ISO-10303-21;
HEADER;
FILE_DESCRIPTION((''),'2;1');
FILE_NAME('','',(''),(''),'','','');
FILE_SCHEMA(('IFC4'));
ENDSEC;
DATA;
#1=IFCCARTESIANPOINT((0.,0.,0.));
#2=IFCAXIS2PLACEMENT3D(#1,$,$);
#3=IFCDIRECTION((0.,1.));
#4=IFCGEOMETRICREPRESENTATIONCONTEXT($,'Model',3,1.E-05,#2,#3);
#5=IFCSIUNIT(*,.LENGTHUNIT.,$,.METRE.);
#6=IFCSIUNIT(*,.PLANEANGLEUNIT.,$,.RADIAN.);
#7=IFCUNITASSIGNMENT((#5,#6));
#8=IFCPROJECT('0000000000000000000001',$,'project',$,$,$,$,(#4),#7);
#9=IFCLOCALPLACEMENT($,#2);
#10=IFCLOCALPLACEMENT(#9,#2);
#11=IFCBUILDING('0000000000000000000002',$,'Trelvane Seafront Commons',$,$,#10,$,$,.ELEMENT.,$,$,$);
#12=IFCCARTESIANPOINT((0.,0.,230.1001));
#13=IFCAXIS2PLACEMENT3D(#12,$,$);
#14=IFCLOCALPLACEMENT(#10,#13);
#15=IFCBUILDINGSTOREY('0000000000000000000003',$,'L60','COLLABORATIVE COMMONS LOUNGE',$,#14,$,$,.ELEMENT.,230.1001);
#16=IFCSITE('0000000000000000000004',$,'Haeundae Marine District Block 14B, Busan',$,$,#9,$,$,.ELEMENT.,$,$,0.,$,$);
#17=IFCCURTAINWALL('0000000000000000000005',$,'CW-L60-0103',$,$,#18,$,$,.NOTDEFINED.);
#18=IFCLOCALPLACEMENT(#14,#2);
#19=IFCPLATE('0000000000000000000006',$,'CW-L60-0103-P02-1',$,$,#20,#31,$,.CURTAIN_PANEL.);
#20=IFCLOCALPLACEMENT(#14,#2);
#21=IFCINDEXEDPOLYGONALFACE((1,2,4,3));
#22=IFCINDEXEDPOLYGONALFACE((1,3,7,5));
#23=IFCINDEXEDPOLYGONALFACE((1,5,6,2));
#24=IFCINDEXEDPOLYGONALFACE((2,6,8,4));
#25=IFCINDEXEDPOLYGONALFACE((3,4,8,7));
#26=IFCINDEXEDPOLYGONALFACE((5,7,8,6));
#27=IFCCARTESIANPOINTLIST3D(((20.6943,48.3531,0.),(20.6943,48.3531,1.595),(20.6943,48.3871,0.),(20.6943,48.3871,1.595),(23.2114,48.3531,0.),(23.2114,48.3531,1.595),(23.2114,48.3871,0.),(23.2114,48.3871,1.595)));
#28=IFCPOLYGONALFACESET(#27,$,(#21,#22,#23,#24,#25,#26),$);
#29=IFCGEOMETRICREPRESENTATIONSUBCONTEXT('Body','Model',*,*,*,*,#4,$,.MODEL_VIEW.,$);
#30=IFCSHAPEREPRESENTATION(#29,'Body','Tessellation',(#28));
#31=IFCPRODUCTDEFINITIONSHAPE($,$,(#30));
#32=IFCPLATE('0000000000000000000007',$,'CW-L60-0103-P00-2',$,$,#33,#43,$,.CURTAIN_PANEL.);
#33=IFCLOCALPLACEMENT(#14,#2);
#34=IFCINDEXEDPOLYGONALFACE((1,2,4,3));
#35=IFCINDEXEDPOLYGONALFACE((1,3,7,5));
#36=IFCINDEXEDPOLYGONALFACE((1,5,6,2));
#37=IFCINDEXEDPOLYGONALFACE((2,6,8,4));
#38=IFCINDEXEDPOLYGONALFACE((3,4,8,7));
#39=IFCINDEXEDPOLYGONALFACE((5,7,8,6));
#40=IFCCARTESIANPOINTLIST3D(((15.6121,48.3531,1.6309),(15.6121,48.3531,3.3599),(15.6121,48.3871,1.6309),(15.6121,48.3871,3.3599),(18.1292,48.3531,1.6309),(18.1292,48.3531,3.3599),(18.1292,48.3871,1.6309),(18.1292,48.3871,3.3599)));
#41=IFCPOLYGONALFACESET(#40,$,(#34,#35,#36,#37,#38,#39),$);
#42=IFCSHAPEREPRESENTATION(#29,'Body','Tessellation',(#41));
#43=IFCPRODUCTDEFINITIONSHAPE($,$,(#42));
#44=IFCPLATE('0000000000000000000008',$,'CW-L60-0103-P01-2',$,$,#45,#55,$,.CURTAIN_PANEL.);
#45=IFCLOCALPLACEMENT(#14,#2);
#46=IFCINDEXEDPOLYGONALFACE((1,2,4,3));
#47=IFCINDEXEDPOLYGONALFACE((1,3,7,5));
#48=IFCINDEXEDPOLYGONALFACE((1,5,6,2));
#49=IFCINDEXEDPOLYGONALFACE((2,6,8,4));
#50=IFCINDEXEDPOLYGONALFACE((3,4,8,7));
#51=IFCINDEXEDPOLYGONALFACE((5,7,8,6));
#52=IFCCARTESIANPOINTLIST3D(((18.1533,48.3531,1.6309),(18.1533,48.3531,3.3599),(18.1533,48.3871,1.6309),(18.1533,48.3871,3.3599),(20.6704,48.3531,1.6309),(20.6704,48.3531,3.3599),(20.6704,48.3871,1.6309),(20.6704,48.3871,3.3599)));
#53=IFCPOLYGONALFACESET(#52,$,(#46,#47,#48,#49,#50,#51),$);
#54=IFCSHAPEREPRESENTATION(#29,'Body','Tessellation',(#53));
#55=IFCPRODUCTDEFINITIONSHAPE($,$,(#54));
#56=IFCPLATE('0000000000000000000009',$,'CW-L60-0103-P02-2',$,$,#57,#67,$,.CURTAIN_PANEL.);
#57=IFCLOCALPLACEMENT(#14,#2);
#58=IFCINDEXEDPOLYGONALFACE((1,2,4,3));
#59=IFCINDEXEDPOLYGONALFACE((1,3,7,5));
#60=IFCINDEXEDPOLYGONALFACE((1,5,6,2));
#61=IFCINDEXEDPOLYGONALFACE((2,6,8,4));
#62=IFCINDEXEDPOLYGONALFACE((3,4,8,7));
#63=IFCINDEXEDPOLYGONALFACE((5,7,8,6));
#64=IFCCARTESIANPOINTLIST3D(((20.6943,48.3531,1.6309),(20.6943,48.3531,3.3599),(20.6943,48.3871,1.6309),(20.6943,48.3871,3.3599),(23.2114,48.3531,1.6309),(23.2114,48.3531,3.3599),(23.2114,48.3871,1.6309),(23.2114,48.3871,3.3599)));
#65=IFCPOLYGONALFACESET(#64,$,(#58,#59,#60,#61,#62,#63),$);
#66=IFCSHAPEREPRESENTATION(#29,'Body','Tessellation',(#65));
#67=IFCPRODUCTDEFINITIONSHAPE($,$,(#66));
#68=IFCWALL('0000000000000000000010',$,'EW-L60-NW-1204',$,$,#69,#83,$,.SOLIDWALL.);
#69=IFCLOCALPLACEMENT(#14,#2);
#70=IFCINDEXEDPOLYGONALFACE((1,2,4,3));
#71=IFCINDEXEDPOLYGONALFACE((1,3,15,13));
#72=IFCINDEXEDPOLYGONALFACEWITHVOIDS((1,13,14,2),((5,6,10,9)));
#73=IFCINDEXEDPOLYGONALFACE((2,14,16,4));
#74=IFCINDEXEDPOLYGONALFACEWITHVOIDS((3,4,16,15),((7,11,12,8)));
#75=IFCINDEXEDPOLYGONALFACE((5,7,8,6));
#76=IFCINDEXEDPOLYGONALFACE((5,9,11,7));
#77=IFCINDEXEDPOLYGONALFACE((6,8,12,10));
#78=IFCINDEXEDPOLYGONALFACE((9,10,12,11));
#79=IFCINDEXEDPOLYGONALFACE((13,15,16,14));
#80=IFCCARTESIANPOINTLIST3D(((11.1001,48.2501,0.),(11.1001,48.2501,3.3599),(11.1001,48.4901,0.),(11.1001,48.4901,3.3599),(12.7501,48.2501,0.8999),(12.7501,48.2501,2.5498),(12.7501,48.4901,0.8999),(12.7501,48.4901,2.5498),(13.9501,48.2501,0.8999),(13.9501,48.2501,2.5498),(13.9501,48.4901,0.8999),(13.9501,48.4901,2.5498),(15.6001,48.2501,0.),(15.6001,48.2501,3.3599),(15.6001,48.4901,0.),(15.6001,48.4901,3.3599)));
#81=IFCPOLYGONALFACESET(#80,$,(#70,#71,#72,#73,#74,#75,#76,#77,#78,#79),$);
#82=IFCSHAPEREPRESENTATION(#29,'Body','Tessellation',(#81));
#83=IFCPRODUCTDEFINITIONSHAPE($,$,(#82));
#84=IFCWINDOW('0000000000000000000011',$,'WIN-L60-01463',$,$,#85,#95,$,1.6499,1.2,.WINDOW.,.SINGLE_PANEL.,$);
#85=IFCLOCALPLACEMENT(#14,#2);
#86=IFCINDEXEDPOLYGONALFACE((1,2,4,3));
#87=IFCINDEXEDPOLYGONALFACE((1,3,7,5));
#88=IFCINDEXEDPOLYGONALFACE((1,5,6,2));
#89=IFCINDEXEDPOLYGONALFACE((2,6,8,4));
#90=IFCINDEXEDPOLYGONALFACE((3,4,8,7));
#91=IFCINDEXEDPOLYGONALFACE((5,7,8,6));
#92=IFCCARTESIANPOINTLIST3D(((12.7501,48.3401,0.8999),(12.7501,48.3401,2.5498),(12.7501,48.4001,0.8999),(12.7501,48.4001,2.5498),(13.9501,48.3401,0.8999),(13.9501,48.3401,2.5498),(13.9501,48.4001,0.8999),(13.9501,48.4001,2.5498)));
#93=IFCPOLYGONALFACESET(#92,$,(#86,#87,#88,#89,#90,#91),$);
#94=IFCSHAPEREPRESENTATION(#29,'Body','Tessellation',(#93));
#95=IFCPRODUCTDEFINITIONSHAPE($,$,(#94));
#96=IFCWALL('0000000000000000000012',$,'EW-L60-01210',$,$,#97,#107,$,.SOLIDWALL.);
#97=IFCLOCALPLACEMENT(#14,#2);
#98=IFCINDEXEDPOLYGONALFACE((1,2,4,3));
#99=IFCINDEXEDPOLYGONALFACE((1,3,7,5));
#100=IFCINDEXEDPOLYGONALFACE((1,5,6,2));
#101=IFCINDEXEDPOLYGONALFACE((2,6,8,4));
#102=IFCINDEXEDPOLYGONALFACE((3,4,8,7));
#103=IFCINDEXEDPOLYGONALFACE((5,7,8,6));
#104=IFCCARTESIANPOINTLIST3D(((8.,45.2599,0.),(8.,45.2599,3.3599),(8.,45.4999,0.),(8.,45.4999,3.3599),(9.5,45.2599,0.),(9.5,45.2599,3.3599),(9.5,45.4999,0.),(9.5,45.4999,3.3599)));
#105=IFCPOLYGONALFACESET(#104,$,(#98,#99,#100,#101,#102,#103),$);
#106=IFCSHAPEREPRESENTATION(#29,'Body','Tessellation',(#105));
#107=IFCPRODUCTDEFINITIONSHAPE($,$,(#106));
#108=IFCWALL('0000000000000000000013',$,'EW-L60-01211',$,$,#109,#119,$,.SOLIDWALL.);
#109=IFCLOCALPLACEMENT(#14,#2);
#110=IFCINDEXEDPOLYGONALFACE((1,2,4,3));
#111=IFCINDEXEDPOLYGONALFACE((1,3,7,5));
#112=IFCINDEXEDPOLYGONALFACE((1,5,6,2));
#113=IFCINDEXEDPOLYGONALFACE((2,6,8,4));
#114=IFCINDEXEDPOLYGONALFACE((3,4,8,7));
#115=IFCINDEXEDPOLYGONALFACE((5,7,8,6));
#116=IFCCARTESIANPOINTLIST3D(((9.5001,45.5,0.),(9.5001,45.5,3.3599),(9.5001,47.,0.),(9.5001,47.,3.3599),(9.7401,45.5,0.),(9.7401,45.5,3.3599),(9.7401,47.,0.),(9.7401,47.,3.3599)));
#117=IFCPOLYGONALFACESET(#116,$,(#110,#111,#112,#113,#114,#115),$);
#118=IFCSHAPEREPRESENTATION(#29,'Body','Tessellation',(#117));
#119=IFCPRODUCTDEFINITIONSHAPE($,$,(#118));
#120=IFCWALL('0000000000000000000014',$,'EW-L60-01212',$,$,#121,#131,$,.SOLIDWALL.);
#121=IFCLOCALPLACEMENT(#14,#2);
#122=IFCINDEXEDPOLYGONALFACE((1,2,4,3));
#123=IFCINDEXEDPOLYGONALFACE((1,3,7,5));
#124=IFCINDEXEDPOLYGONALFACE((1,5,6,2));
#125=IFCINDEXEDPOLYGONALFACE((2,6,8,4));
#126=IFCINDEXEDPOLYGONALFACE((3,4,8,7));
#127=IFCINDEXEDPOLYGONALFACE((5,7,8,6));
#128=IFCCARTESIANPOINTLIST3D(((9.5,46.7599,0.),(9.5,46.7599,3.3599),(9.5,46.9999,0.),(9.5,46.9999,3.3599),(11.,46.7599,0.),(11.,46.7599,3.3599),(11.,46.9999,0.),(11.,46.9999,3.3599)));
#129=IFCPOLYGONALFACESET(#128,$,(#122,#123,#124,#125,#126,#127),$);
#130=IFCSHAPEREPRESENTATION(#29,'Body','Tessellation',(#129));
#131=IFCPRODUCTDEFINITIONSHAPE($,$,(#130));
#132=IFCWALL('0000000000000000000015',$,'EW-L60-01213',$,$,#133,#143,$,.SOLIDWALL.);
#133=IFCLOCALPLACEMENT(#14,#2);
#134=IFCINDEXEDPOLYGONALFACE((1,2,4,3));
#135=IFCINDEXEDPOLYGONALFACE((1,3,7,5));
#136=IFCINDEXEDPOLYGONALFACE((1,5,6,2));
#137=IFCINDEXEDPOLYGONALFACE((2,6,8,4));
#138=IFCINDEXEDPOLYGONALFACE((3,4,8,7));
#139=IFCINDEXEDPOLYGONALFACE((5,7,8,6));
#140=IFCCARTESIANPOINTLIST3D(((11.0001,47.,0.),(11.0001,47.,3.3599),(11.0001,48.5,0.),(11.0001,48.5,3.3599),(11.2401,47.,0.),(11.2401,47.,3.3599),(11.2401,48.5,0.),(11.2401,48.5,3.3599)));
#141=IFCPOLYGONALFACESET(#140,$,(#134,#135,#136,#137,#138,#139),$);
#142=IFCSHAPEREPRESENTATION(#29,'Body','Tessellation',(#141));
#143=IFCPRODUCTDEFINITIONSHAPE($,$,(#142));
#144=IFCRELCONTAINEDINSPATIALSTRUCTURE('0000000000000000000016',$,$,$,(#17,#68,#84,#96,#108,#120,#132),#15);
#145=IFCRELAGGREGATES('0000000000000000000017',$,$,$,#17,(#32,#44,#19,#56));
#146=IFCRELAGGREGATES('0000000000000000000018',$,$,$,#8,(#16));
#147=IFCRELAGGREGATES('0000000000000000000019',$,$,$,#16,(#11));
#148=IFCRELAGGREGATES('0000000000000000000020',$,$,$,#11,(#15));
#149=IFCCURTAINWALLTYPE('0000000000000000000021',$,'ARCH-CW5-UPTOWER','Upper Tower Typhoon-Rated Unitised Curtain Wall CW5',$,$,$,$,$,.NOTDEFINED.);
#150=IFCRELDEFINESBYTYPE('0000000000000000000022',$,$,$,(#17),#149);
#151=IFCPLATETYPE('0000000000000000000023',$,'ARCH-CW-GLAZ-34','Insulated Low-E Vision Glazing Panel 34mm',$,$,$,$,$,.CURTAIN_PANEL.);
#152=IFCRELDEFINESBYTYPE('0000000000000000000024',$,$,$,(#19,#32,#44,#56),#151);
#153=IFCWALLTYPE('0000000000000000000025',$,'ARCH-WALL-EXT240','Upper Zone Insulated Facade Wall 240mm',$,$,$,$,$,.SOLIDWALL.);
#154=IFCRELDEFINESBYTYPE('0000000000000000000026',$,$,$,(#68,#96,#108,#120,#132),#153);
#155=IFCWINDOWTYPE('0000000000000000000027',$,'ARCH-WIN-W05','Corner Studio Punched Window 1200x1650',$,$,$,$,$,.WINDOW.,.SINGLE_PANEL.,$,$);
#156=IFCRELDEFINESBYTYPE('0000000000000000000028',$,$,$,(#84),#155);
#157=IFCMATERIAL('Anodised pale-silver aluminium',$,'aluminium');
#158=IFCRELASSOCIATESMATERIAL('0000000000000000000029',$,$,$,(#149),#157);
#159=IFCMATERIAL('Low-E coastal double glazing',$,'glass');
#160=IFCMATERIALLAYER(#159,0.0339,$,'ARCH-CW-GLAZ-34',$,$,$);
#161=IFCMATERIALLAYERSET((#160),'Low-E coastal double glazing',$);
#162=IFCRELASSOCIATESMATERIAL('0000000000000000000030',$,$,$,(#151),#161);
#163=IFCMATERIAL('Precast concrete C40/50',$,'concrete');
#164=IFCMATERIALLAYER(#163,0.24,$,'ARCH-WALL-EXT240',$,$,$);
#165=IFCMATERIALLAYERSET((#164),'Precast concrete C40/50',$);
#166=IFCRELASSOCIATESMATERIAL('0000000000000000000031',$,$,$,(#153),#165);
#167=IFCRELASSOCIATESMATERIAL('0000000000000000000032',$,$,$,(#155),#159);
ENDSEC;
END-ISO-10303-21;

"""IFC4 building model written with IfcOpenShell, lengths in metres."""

from ifc_helpers import new_model, si_unit, direction, frame, frame_2d, origin, origin_2d, place, context, subcontext, project, spatial, rectangle, extrude, source, transform, mapped, material, layer, layer_set, type_object, element, fill, aggregate, save


model = new_model("IFC4")

# Units and contexts
model_context = context("Model", 3, precision=1e-05, world=origin(), true_north=direction((0.0, 1.0)))
body_context = subcontext(model_context, "Body", "Model", "MODEL_VIEW")
ifc_project = project(units=[si_unit("LENGTHUNIT", "METRE"), si_unit("PLANEANGLEUNIT", "RADIAN")], contexts=[model_context])

# Site, building, storey
site_placement = place(None, origin())
site = spatial("IfcSite", under=ifc_project, at=site_placement, Name="Haeundae Marine District Block 14B, Busan", CompositionType="ELEMENT", RefElevation=0.0)
building_placement = place(site_placement, origin())
building = spatial("IfcBuilding", under=site, at=building_placement, Name="Trelvane Seafront Commons", CompositionType="ELEMENT")
storey_placement = place(building_placement, frame((0.0, 0.0, 230.1001)))
storey = spatial("IfcBuildingStorey", under=building, at=storey_placement, Name="L60", Description="COLLABORATIVE COMMONS LOUNGE", CompositionType="ELEMENT", Elevation=230.1001)

# Curtain wall
ifc_material_1 = material(Name="Anodised pale-silver aluminium", Category="aluminium")
curtain_wall_type = type_object("IfcCurtainWallType", Name="ARCH-CW5-UPTOWER", Description="Upper Tower Typhoon-Rated Unitised Curtain Wall CW5", PredefinedType="NOTDEFINED", material=ifc_material_1)
curtain_wall_placement = place(storey_placement, origin())
curtain_wall = element("IfcCurtainWall", 1, at=curtain_wall_placement, inside=storey, type_object=curtain_wall_type, Name="CW-L60-0103", PredefinedType="NOTDEFINED")

# Plates
ifc_material_2 = material(Name="Low-E coastal double glazing", Category="glass")
ifc_layer_1 = layer(ifc_material_2, 0.0339, Name="ARCH-CW-GLAZ-34")
ifc_layer_set_1 = layer_set([ifc_layer_1], Name="Low-E coastal double glazing")
plate_type_1 = type_object("IfcPlateType", Name="ARCH-CW-GLAZ-34", Description="Insulated Low-E Vision Glazing Panel 34mm", PredefinedType="CURTAIN_PANEL", material=ifc_layer_set_1)
shared_shape_1 = source(origin(), body_context, "Body", "SweptSolid", [
    extrude(rectangle(XDim=2.5171, YDim=0.0339, at=origin_2d()), origin(), (0.0, 0.0, 1.0), 1.595),
])
plate_1_placement = place(storey_placement, frame((21.9529, 48.3701, 0.0), z_axis=(0.0, 0.0, 1.0), x_axis=(1.0, 0.0, 0.0)))
plate_1 = element("IfcPlate", 2, at=plate_1_placement, type_object=plate_type_1, Name="CW-L60-0103-P02-1", PredefinedType="CURTAIN_PANEL", context=body_context, shape_type="MappedRepresentation", body=[
    mapped(shared_shape_1, transform((0.0, 0.0, 0.0), x_axis=(1.0, 0.0, 0.0), y_axis=(0.0, 1.0, 0.0), z_axis=(0.0, 0.0, 1.0), scale=1.0)),
])
shared_shape_2 = source(origin(), body_context, "Body", "SweptSolid", [
    extrude(rectangle(XDim=2.5171, YDim=0.0339, at=origin_2d()), origin(), (0.0, 0.0, 1.0), 1.729),
])
plate_2_placement = place(storey_placement, frame((16.8706, 48.3701, 1.6309), z_axis=(0.0, 0.0, 1.0), x_axis=(1.0, 0.0, 0.0)))
plate_2 = element("IfcPlate", 3, at=plate_2_placement, type_object=plate_type_1, Name="CW-L60-0103-P00-2", PredefinedType="CURTAIN_PANEL", context=body_context, shape_type="MappedRepresentation", body=[
    mapped(shared_shape_2, transform((0.0, 0.0, 0.0), x_axis=(1.0, 0.0, 0.0), y_axis=(0.0, 1.0, 0.0), z_axis=(0.0, 0.0, 1.0), scale=1.0)),
])
plate_3_placement = place(storey_placement, frame((19.4119, 48.3701, 1.6309), z_axis=(0.0, 0.0, 1.0), x_axis=(1.0, 0.0, 0.0)))
plate_3 = element("IfcPlate", 4, at=plate_3_placement, type_object=plate_type_1, Name="CW-L60-0103-P01-2", PredefinedType="CURTAIN_PANEL", context=body_context, shape_type="MappedRepresentation", body=[
    mapped(shared_shape_2, transform((0.0, 0.0, 0.0), x_axis=(1.0, 0.0, 0.0), y_axis=(0.0, 1.0, 0.0), z_axis=(0.0, 0.0, 1.0), scale=1.0)),
])
plate_4_placement = place(storey_placement, frame((21.9529, 48.3701, 1.6309), z_axis=(0.0, 0.0, 1.0), x_axis=(1.0, 0.0, 0.0)))
plate_4 = element("IfcPlate", 5, at=plate_4_placement, type_object=plate_type_1, Name="CW-L60-0103-P02-2", PredefinedType="CURTAIN_PANEL", context=body_context, shape_type="MappedRepresentation", body=[
    mapped(shared_shape_2, transform((0.0, 0.0, 0.0), x_axis=(1.0, 0.0, 0.0), y_axis=(0.0, 1.0, 0.0), z_axis=(0.0, 0.0, 1.0), scale=1.0)),
])
aggregate(curtain_wall, [plate_2, plate_3, plate_1, plate_4])

# Wall, opening, window
ifc_material_3 = material(Name="Precast concrete C40/50", Category="concrete")
ifc_layer_2 = layer(ifc_material_3, 0.24, Name="ARCH-WALL-EXT240")
ifc_layer_set_2 = layer_set([ifc_layer_2], Name="Precast concrete C40/50")
wall_type = type_object("IfcWallType", Name="ARCH-WALL-EXT240", Description="Upper Zone Insulated Facade Wall 240mm", PredefinedType="SOLIDWALL", material=ifc_layer_set_2)
wall_placement = place(storey_placement, frame((11.1001, 48.3701, 0.0), z_axis=(0.0, 0.0, 1.0), x_axis=(1.0, 0.0, 0.0)))
wall = element("IfcWall", 6, at=wall_placement, inside=storey, type_object=wall_type, Name="EW-L60-NW-1204", PredefinedType="SOLIDWALL", context=body_context, shape_type="SweptSolid", body=[
    extrude(rectangle(XDim=4.5, YDim=0.24, at=frame_2d((2.25, 0.0))), origin(), (0.0, 0.0, 1.0), 3.3599),
])
opening_placement = place(wall_placement, frame((1.6499, 0.0, 0.8999)))
opening = element("IfcOpeningElement", 7, at=opening_placement, cuts=wall, PredefinedType="OPENING", context=body_context, shape_type="SweptSolid", body=[
    extrude(rectangle(XDim=1.2, YDim=1.6499, at=frame_2d((0.6001, 0.825))), frame((0.0, 0.1299, 0.0), z_axis=(0.0, -1.0, 0.0), x_axis=(1.0, 0.0, 0.0)), (0.0, 0.0, 1.0), 0.26),
])
window_type = type_object("IfcWindowType", Name="ARCH-WIN-W05", Description="Corner Studio Punched Window 1200x1650", PartitioningType="SINGLE_PANEL", PredefinedType="WINDOW", material=ifc_material_2)
shared_shape_3 = source(origin(), body_context, "Body", "SweptSolid", [
    extrude(rectangle(XDim=1.2, YDim=1.6499, at=frame_2d((0.6001, 0.825))), frame((0.0, 0.03, 0.0), z_axis=(0.0, -1.0, 0.0), x_axis=(1.0, 0.0, 0.0)), (0.0, 0.0, 1.0), 0.0601),
])
window_placement = place(opening_placement, origin())
window = element("IfcWindow", 8, at=window_placement, inside=storey, type_object=window_type, Name="WIN-L60-01463", OverallHeight=1.6499, OverallWidth=1.2, PartitioningType="SINGLE_PANEL", PredefinedType="WINDOW", context=body_context, shape_type="MappedRepresentation", body=[
    mapped(shared_shape_3, transform((0.0, 0.0, 0.0), x_axis=(1.0, 0.0, 0.0), y_axis=(0.0, 1.0, 0.0), z_axis=(0.0, 0.0, 1.0), scale=1.0)),
])
fill(opening, window)

# Walls
for number, where, z_axis, x_axis, name in (
    (9, (8.0, 45.3799, 0.0), (0.0, 0.0, 1.0), (1.0, 0.0, 0.0), "EW-L60-01210"),
    (10, (9.6201, 45.5, 0.0), (0.0, 0.0, 1.0), (0.0, 1.0, 0.0), "EW-L60-01211"),
    (11, (9.5, 46.8799, 0.0), (0.0, 0.0, 1.0), (1.0, 0.0, 0.0), "EW-L60-01212"),
    (12, (11.1201, 47.0, 0.0), (0.0, 0.0, 1.0), (0.0, 1.0, 0.0), "EW-L60-01213"),
):
    element("IfcWall", number, at=place(storey_placement, frame(where, z_axis=z_axis, x_axis=x_axis)), inside=storey, type_object=wall_type, Name=name, PredefinedType="SOLIDWALL", context=body_context, shape_type="SweptSolid", body=[
        extrude(rectangle(XDim=1.5, YDim=0.24, at=frame_2d((0.75, 0.0))), origin(), (0.0, 0.0, 1.0), 3.3599),
    ])

save(model, "model.ifc")
